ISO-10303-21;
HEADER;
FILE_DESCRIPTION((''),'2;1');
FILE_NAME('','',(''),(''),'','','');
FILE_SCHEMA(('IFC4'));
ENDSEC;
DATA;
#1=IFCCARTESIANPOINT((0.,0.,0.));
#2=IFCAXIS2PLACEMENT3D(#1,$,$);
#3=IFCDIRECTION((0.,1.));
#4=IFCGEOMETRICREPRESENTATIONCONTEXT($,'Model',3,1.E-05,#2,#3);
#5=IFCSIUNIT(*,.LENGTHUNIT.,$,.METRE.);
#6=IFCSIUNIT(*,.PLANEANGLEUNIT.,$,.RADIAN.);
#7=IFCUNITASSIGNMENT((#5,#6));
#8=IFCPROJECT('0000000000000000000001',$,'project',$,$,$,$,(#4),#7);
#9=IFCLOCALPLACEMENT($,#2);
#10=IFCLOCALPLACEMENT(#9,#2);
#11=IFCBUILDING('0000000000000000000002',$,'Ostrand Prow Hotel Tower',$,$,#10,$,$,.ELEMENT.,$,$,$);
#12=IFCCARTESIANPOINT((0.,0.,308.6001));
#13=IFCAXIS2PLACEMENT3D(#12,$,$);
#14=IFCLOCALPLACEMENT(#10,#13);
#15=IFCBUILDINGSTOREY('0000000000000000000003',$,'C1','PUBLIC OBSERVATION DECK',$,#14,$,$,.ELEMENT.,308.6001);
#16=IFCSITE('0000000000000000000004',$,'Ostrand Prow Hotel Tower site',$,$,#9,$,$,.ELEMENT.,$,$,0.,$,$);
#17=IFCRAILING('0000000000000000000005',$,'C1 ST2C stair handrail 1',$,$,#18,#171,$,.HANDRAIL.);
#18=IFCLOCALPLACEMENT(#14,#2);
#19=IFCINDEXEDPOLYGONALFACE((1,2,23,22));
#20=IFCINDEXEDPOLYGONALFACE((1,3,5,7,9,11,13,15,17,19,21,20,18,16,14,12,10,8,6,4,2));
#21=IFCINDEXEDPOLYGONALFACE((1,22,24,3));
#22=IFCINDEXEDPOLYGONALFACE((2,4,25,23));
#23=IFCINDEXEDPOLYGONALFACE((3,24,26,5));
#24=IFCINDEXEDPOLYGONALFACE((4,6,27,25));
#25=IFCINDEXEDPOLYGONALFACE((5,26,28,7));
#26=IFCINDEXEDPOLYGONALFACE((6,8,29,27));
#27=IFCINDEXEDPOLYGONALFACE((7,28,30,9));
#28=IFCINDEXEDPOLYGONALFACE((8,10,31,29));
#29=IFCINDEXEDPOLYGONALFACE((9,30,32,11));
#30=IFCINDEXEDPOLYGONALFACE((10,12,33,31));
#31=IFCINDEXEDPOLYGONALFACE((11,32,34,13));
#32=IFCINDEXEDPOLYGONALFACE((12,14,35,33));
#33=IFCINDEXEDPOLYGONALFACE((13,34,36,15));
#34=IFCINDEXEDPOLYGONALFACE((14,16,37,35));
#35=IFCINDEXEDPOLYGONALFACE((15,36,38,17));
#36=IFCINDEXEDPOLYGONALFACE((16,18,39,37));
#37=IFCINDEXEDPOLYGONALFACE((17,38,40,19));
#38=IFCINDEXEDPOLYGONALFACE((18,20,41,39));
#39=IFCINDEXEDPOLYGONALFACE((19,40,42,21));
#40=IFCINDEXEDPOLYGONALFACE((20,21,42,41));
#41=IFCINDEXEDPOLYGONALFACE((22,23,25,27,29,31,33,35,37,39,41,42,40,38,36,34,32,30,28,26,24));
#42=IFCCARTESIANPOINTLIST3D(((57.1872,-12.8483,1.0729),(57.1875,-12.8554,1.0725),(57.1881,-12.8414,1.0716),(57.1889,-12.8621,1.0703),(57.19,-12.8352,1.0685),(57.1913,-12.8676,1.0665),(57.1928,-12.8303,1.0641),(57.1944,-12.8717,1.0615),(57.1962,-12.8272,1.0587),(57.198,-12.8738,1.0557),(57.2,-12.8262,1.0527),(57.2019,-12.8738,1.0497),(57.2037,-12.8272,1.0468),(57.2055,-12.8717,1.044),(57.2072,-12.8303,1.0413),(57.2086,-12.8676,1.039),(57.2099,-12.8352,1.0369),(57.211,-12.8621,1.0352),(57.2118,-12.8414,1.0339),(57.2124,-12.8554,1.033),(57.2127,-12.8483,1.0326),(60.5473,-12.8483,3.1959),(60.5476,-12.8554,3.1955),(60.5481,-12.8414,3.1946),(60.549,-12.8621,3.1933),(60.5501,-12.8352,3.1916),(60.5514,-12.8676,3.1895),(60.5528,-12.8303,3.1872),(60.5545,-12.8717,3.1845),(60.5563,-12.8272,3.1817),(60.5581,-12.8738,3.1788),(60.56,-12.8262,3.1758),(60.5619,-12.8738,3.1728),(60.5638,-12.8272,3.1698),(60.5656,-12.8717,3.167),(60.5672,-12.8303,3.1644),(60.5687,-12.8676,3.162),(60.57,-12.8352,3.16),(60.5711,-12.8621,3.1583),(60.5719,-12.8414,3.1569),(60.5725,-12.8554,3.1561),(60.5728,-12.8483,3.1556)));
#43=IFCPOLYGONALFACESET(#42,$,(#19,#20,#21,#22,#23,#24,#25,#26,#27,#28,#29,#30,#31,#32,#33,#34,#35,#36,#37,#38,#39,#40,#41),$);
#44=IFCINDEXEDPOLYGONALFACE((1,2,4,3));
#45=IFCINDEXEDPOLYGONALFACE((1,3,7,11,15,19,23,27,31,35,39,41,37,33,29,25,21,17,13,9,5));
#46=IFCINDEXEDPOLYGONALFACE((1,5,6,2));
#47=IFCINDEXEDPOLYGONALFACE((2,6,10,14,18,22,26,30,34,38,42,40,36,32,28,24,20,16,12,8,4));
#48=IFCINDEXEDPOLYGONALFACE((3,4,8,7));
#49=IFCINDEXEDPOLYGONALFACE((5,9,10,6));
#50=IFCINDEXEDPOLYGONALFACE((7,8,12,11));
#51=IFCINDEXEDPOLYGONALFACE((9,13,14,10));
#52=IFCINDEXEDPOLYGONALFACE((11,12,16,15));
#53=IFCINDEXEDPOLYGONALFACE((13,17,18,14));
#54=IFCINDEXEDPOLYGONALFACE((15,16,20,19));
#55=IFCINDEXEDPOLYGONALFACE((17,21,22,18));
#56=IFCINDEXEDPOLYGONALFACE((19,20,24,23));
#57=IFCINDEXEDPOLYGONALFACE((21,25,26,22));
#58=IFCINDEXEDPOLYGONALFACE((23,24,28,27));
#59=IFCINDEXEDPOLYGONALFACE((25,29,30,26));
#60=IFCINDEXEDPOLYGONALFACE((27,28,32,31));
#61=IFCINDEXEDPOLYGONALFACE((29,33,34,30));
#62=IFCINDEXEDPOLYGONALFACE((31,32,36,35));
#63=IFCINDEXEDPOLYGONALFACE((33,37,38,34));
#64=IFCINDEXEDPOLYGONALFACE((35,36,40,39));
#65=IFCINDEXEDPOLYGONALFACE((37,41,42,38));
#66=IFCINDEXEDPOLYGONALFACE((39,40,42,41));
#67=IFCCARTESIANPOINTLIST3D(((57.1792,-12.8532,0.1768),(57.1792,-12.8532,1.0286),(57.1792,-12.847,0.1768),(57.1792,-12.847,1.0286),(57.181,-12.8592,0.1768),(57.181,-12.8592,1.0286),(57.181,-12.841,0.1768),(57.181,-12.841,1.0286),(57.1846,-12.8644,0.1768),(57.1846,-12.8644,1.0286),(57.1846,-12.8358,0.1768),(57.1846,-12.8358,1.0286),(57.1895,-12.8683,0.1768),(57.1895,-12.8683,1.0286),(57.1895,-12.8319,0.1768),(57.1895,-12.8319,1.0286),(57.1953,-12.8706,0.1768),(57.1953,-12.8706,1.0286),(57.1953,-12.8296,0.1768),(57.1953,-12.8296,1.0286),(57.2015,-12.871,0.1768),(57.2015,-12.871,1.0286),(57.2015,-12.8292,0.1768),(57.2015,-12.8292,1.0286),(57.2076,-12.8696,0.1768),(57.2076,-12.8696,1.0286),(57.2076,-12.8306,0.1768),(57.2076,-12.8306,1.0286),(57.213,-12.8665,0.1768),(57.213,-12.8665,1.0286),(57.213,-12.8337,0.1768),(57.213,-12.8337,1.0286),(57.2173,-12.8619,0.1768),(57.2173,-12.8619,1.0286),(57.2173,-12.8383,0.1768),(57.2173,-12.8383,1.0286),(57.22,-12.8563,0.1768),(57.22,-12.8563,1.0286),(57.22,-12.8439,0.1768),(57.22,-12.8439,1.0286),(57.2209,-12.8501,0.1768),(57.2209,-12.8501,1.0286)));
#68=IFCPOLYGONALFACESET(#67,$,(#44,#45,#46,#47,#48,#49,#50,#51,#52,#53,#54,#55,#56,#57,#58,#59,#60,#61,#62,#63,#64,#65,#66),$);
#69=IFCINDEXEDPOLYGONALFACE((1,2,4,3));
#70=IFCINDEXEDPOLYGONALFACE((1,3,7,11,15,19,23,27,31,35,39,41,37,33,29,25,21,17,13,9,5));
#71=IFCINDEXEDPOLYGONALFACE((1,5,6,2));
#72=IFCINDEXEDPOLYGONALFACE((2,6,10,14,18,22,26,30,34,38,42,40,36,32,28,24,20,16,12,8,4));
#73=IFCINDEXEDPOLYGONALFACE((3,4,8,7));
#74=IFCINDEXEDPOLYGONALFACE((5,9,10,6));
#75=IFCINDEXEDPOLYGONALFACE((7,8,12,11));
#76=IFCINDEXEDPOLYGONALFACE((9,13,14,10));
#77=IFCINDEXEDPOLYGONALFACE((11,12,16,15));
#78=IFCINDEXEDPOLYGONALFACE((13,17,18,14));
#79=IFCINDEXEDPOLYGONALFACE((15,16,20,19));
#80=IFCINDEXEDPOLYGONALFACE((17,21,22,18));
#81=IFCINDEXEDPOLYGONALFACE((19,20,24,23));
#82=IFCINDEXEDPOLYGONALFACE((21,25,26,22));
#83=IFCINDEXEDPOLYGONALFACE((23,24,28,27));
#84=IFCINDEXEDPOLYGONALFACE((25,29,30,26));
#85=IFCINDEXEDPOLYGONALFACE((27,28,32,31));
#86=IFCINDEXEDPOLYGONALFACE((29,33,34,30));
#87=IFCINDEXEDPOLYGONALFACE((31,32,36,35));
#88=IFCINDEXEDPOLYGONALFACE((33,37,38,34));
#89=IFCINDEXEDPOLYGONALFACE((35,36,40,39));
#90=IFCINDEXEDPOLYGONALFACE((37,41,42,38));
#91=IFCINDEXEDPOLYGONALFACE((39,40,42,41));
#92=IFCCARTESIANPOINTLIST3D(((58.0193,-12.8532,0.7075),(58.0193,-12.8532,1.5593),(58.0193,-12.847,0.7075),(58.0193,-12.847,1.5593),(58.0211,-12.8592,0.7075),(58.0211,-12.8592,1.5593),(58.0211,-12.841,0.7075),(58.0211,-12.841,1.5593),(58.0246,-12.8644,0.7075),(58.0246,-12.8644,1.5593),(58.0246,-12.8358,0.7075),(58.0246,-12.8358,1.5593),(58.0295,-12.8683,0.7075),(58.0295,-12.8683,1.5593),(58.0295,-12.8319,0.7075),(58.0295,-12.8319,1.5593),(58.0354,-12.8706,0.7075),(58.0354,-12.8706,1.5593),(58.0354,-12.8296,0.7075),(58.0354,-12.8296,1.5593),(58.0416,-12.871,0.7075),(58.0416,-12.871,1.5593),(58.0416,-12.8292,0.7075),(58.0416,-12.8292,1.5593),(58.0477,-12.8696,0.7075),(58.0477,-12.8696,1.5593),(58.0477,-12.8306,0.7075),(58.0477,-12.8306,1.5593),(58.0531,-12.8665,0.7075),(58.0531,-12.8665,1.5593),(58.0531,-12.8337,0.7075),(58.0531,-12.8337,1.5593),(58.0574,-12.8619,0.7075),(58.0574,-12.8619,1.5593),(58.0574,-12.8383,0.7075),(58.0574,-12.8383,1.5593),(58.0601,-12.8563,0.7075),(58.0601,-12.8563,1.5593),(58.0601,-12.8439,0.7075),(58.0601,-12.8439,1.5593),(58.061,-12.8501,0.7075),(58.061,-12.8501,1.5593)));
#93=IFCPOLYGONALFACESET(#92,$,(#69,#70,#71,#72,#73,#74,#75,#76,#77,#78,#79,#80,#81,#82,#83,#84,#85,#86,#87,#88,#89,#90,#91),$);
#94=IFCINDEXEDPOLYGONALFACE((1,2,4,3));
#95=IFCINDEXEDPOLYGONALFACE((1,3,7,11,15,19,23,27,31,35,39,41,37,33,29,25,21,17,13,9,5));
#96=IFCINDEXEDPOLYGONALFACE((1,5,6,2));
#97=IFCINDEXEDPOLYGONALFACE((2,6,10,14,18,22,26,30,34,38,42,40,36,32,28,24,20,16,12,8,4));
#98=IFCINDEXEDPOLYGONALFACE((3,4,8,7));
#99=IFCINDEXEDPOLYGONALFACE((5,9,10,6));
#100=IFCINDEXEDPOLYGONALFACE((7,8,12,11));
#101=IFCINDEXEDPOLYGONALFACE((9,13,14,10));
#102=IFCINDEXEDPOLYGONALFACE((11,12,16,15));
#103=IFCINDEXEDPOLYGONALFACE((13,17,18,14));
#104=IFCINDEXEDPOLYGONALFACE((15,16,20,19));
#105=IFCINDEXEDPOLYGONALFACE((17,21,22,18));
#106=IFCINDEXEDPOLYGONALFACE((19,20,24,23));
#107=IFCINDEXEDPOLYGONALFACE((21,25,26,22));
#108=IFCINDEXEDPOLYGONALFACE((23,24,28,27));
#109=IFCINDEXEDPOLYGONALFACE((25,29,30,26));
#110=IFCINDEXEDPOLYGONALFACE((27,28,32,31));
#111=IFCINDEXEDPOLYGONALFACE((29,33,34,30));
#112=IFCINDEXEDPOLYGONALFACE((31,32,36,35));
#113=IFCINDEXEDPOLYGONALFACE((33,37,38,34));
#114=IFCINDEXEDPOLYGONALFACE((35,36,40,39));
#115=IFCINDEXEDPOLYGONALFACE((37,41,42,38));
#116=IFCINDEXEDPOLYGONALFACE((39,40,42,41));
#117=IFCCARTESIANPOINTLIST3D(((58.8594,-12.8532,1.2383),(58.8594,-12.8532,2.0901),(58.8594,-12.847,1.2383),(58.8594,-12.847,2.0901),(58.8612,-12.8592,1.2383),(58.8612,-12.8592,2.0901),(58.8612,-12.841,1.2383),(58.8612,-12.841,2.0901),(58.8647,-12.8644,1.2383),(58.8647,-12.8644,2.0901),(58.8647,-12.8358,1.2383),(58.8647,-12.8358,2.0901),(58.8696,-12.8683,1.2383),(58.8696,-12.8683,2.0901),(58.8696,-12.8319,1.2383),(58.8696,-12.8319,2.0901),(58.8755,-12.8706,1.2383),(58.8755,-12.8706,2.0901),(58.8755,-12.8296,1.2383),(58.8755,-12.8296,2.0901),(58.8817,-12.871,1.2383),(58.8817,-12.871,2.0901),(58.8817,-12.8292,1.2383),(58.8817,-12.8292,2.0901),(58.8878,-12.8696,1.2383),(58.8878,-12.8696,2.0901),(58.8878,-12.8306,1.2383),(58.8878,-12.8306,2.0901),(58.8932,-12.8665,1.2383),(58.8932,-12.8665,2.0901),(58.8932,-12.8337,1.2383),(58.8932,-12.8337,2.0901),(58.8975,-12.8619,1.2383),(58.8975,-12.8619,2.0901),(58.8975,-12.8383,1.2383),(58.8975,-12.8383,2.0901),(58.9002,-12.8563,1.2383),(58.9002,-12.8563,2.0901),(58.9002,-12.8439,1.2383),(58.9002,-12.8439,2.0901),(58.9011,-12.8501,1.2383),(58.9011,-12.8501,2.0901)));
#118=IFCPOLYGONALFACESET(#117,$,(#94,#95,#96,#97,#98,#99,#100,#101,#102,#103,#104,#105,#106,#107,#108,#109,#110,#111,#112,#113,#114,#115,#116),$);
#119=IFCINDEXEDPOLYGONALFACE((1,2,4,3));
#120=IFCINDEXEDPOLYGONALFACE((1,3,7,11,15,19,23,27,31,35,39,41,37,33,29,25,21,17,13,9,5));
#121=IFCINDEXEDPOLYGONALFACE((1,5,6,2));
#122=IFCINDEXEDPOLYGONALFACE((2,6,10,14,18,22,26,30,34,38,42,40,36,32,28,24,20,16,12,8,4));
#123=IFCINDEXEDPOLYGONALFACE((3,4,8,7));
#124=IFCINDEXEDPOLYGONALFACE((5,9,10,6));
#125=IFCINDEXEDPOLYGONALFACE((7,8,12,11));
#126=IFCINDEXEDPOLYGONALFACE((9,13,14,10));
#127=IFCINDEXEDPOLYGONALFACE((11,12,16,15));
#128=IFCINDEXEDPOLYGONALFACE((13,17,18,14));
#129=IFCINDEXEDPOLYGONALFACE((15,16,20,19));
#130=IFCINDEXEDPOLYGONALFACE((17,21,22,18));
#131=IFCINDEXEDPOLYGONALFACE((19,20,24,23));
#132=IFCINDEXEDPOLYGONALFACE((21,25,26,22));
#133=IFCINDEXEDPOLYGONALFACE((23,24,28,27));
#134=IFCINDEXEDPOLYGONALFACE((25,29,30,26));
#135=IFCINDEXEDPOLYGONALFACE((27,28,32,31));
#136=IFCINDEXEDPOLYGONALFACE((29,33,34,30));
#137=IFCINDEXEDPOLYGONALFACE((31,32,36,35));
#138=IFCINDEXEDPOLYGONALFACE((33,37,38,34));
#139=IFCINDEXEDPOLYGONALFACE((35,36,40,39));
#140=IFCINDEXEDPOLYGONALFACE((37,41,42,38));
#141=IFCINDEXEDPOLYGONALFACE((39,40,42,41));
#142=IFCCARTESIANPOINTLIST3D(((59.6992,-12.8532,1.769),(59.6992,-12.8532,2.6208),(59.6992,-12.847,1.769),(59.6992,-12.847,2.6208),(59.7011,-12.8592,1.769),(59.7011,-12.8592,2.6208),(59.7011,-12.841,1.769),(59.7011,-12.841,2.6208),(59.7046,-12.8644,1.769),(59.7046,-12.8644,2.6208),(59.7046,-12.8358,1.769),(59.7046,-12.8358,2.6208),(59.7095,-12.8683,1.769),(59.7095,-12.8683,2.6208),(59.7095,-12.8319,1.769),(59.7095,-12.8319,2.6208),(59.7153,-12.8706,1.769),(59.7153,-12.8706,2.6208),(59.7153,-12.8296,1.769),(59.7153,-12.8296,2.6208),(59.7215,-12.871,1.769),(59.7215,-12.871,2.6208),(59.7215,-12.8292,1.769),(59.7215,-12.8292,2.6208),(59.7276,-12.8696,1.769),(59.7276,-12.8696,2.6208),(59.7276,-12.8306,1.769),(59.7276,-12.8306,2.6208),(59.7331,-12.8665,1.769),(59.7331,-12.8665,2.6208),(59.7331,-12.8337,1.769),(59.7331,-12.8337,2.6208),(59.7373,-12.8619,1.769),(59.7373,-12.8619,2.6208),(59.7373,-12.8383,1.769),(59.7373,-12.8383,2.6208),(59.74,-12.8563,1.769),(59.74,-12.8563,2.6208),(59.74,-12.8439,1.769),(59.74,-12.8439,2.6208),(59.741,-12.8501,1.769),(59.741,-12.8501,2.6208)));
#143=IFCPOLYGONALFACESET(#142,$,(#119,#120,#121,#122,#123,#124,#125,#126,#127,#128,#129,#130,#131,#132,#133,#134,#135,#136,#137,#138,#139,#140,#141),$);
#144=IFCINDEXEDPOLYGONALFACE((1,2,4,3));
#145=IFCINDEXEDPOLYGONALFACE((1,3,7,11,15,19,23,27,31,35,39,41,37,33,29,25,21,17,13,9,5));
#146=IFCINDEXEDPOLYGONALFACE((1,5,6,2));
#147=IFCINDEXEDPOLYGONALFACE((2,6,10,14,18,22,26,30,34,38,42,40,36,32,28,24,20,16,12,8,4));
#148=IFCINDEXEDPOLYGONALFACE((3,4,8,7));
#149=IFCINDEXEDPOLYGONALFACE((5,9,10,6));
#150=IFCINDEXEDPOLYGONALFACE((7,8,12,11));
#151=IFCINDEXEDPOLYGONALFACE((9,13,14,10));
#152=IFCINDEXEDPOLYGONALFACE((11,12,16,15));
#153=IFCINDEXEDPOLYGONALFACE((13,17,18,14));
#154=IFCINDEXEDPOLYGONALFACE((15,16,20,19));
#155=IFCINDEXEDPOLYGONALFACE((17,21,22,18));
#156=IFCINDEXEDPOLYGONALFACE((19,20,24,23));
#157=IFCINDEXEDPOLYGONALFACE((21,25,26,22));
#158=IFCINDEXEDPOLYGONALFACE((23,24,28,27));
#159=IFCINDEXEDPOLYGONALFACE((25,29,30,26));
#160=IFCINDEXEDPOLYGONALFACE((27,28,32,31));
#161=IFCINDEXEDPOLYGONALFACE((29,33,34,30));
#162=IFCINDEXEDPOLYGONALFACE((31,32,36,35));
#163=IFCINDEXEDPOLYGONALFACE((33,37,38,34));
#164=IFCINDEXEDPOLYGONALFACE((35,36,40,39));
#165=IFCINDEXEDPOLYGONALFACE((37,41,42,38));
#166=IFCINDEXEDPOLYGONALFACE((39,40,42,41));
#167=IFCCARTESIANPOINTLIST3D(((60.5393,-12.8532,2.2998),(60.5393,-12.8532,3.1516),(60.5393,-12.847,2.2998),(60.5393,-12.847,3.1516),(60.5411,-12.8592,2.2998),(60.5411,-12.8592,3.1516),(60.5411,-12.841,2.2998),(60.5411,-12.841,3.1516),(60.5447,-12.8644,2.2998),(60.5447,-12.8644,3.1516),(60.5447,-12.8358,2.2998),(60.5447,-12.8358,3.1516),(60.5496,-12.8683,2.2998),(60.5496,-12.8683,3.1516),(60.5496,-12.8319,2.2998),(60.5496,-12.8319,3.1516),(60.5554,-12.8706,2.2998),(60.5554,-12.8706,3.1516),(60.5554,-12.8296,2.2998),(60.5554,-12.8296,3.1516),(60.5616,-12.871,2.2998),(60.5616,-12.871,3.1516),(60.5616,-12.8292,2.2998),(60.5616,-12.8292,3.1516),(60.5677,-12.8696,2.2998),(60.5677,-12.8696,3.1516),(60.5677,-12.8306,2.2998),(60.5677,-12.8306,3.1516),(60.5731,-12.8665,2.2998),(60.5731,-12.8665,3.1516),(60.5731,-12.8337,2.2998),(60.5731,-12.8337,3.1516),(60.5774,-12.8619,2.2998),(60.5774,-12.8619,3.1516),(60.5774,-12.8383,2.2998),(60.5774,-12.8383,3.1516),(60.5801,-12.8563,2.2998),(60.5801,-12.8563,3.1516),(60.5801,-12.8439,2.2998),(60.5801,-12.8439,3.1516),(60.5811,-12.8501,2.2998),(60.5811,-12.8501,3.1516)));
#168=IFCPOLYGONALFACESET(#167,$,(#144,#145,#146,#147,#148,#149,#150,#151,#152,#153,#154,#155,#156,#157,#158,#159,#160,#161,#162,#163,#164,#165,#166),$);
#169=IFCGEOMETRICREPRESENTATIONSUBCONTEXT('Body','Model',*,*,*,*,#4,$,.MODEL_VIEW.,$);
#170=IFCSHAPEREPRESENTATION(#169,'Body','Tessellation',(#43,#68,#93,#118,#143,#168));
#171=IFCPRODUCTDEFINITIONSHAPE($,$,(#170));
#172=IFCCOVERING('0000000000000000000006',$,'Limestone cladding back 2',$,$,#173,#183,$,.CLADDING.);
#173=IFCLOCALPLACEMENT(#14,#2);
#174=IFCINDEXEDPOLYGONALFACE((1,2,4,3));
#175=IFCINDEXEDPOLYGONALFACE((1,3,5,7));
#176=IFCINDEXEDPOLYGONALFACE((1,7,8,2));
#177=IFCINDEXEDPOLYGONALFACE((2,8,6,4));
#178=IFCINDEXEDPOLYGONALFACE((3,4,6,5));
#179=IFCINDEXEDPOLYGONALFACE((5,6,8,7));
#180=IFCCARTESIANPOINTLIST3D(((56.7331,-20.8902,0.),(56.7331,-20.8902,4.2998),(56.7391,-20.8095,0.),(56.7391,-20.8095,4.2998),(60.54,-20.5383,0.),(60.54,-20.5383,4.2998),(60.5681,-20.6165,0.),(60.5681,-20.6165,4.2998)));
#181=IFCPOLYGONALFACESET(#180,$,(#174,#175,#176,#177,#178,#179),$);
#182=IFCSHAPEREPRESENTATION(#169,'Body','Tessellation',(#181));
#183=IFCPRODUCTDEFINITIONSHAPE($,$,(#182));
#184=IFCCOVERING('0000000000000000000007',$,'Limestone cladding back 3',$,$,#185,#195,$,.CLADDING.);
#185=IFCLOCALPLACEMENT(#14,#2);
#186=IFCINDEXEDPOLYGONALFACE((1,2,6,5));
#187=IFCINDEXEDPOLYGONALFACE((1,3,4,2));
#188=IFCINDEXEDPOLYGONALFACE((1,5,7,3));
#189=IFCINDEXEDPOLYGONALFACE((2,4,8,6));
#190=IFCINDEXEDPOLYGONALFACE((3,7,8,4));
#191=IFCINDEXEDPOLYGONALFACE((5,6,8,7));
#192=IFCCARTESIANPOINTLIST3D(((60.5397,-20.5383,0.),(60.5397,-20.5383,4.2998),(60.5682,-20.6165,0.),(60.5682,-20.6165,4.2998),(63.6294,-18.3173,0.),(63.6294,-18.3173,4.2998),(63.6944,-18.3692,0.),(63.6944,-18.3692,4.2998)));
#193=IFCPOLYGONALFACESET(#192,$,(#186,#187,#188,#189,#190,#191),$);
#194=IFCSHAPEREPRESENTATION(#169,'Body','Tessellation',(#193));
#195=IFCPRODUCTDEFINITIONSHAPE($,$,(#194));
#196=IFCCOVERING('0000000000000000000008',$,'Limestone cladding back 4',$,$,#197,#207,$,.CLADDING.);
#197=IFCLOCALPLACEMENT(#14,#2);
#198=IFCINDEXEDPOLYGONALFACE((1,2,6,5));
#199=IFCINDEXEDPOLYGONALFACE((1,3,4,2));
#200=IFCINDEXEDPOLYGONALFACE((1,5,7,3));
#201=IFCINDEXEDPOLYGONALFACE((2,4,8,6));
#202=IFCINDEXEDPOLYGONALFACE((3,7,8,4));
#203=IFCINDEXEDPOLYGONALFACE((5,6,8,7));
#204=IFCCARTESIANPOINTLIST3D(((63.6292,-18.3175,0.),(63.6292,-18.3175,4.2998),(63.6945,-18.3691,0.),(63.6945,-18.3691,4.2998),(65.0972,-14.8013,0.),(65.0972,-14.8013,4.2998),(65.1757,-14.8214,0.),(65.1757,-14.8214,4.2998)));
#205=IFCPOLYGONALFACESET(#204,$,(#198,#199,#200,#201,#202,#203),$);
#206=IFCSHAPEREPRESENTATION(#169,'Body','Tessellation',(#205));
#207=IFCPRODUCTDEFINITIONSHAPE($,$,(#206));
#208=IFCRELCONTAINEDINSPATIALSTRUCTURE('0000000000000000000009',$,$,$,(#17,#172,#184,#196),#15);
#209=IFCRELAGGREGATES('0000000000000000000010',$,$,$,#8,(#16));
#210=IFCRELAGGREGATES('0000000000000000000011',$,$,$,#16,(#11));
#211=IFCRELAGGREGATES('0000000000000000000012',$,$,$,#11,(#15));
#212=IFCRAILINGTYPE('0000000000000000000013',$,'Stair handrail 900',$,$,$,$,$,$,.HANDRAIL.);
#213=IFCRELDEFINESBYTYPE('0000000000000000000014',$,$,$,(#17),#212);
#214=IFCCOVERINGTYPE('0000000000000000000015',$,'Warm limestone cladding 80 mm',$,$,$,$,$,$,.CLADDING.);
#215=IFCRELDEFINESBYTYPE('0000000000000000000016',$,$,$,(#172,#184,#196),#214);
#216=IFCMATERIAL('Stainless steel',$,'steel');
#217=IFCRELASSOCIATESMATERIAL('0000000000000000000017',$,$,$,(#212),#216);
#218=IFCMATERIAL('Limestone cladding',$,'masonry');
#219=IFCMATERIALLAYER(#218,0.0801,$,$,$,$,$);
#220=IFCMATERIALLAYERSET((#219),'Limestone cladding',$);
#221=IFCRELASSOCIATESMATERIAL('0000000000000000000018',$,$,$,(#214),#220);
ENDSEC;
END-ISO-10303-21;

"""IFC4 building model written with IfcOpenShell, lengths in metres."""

from ifc_helpers import new_model, si_unit, direction, frame, origin, origin_2d, place, context, subcontext, project, spatial, polyline, circle, outline, extrude, material, layer, layer_set, type_object, element, save


model = new_model("IFC4")

# Units and contexts
model_context = context("Model", 3, precision=1e-05, world=origin(), true_north=direction((0.0, 1.0)))
body_context = subcontext(model_context, "Body", "Model", "MODEL_VIEW")
ifc_project = project(units=[si_unit("LENGTHUNIT", "METRE"), si_unit("PLANEANGLEUNIT", "RADIAN")], contexts=[model_context])

# Site, building, storey
site_placement = place(None, origin())
site = spatial("IfcSite", under=ifc_project, at=site_placement, Name="Ostrand Prow Hotel Tower site", CompositionType="ELEMENT", RefElevation=0.0)
building_placement = place(site_placement, origin())
building = spatial("IfcBuilding", under=site, at=building_placement, Name="Ostrand Prow Hotel Tower", CompositionType="ELEMENT")
storey_placement = place(building_placement, frame((0.0, 0.0, 308.6001)))
storey = spatial("IfcBuildingStorey", under=building, at=storey_placement, Name="C1", Description="PUBLIC OBSERVATION DECK", CompositionType="ELEMENT", Elevation=308.6001)

# Railing
ifc_material_1 = material(Name="Stainless steel", Category="steel")
railing_type_1 = type_object("IfcRailingType", Name="Stair handrail 900", PredefinedType="HANDRAIL", material=ifc_material_1)
railing_1_placement = place(storey_placement, frame((57.2, -12.8501, 0.1768)))
element("IfcRailing", 1, at=railing_1_placement, inside=storey, type_object=railing_type_1, Name="C1 ST2C stair handrail 1", PredefinedType="HANDRAIL", context=body_context, shape_type="SweptSolid", body=[
    extrude(circle(Radius=0.0239, at=origin_2d()), frame((0.0, 0.0, 0.876), z_axis=(0.84539, 0.0, 0.53415), x_axis=(0.0, 1.0, 0.0)), (0.0, 0.0, 1.0), 3.9746),
    extrude(circle(Radius=0.021, at=origin_2d()), origin(), (0.0, 0.0, 1.0), 0.8518),
    extrude(circle(Radius=0.021, at=origin_2d()), frame((0.8401, 0.0, 0.5308)), (0.0, 0.0, 1.0), 0.8518),
    extrude(circle(Radius=0.021, at=origin_2d()), frame((1.6802, 0.0, 1.0615)), (0.0, 0.0, 1.0), 0.8518),
    extrude(circle(Radius=0.021, at=origin_2d()), frame((2.52, 0.0, 1.5923)), (0.0, 0.0, 1.0), 0.8518),
    extrude(circle(Radius=0.021, at=origin_2d()), frame((3.3601, 0.0, 2.123)), (0.0, 0.0, 1.0), 0.8518),
])

# Coverings
ifc_material_2 = material(Name="Limestone cladding", Category="masonry")
ifc_layer_1 = layer(ifc_material_2, 0.0801)
ifc_layer_set_1 = layer_set([ifc_layer_1], Name="Limestone cladding")
covering_type = type_object("IfcCoveringType", Name="Warm limestone cladding 80 mm", PredefinedType="CLADDING", material=ifc_layer_set_1)
covering_1_placement = place(storey_placement, frame((56.7361, -20.8499, 0.0), z_axis=(0.0, 0.0, 1.0), x_axis=(0.997463, 0.071184, 0.0)))
element("IfcCovering", 2, at=covering_1_placement, inside=storey, type_object=covering_type, Name="Limestone cladding back 2", PredefinedType="CLADDING", context=body_context, shape_type="SweptSolid", body=[
    extrude(outline(polyline([(-0.0059, -0.04), (3.8389, -0.04), (3.8164, 0.04), (0.0059, 0.04), (-0.0059, -0.04)])), origin(), (0.0, 0.0, 1.0), 4.2998),
])
covering_2_placement = place(storey_placement, frame((60.554, -20.5774, 0.0), z_axis=(0.0, 0.0, 1.0), x_axis=(0.811976, 0.583691, 0.0)))
element("IfcCovering", 3, at=covering_2_placement, inside=storey, type_object=covering_type, Name="Limestone cladding back 3", PredefinedType="CLADDING", context=body_context, shape_type="SweptSolid", body=[
    extrude(outline(polyline([(-0.0112, -0.04), (3.8389, -0.04), (3.8164, 0.04), (0.0112, 0.04), (-0.0112, -0.04)])), origin(), (0.0, 0.0, 1.0), 4.2998),
])
covering_3_placement = place(storey_placement, frame((63.6619, -18.3433, 0.0), z_axis=(0.0, 0.0, 1.0), x_axis=(0.385272, 0.922803, 0.0)))
element("IfcCovering", 4, at=covering_3_placement, inside=storey, type_object=covering_type, Name="Limestone cladding back 4", PredefinedType="CLADDING", context=body_context, shape_type="SweptSolid", body=[
    extrude(outline(polyline([(-0.0112, -0.04), (3.8333, -0.04), (3.8215, 0.04), (0.0112, 0.04), (-0.0112, -0.04)])), origin(), (0.0, 0.0, 1.0), 4.2998),
])

save(model, "model.ifc")
